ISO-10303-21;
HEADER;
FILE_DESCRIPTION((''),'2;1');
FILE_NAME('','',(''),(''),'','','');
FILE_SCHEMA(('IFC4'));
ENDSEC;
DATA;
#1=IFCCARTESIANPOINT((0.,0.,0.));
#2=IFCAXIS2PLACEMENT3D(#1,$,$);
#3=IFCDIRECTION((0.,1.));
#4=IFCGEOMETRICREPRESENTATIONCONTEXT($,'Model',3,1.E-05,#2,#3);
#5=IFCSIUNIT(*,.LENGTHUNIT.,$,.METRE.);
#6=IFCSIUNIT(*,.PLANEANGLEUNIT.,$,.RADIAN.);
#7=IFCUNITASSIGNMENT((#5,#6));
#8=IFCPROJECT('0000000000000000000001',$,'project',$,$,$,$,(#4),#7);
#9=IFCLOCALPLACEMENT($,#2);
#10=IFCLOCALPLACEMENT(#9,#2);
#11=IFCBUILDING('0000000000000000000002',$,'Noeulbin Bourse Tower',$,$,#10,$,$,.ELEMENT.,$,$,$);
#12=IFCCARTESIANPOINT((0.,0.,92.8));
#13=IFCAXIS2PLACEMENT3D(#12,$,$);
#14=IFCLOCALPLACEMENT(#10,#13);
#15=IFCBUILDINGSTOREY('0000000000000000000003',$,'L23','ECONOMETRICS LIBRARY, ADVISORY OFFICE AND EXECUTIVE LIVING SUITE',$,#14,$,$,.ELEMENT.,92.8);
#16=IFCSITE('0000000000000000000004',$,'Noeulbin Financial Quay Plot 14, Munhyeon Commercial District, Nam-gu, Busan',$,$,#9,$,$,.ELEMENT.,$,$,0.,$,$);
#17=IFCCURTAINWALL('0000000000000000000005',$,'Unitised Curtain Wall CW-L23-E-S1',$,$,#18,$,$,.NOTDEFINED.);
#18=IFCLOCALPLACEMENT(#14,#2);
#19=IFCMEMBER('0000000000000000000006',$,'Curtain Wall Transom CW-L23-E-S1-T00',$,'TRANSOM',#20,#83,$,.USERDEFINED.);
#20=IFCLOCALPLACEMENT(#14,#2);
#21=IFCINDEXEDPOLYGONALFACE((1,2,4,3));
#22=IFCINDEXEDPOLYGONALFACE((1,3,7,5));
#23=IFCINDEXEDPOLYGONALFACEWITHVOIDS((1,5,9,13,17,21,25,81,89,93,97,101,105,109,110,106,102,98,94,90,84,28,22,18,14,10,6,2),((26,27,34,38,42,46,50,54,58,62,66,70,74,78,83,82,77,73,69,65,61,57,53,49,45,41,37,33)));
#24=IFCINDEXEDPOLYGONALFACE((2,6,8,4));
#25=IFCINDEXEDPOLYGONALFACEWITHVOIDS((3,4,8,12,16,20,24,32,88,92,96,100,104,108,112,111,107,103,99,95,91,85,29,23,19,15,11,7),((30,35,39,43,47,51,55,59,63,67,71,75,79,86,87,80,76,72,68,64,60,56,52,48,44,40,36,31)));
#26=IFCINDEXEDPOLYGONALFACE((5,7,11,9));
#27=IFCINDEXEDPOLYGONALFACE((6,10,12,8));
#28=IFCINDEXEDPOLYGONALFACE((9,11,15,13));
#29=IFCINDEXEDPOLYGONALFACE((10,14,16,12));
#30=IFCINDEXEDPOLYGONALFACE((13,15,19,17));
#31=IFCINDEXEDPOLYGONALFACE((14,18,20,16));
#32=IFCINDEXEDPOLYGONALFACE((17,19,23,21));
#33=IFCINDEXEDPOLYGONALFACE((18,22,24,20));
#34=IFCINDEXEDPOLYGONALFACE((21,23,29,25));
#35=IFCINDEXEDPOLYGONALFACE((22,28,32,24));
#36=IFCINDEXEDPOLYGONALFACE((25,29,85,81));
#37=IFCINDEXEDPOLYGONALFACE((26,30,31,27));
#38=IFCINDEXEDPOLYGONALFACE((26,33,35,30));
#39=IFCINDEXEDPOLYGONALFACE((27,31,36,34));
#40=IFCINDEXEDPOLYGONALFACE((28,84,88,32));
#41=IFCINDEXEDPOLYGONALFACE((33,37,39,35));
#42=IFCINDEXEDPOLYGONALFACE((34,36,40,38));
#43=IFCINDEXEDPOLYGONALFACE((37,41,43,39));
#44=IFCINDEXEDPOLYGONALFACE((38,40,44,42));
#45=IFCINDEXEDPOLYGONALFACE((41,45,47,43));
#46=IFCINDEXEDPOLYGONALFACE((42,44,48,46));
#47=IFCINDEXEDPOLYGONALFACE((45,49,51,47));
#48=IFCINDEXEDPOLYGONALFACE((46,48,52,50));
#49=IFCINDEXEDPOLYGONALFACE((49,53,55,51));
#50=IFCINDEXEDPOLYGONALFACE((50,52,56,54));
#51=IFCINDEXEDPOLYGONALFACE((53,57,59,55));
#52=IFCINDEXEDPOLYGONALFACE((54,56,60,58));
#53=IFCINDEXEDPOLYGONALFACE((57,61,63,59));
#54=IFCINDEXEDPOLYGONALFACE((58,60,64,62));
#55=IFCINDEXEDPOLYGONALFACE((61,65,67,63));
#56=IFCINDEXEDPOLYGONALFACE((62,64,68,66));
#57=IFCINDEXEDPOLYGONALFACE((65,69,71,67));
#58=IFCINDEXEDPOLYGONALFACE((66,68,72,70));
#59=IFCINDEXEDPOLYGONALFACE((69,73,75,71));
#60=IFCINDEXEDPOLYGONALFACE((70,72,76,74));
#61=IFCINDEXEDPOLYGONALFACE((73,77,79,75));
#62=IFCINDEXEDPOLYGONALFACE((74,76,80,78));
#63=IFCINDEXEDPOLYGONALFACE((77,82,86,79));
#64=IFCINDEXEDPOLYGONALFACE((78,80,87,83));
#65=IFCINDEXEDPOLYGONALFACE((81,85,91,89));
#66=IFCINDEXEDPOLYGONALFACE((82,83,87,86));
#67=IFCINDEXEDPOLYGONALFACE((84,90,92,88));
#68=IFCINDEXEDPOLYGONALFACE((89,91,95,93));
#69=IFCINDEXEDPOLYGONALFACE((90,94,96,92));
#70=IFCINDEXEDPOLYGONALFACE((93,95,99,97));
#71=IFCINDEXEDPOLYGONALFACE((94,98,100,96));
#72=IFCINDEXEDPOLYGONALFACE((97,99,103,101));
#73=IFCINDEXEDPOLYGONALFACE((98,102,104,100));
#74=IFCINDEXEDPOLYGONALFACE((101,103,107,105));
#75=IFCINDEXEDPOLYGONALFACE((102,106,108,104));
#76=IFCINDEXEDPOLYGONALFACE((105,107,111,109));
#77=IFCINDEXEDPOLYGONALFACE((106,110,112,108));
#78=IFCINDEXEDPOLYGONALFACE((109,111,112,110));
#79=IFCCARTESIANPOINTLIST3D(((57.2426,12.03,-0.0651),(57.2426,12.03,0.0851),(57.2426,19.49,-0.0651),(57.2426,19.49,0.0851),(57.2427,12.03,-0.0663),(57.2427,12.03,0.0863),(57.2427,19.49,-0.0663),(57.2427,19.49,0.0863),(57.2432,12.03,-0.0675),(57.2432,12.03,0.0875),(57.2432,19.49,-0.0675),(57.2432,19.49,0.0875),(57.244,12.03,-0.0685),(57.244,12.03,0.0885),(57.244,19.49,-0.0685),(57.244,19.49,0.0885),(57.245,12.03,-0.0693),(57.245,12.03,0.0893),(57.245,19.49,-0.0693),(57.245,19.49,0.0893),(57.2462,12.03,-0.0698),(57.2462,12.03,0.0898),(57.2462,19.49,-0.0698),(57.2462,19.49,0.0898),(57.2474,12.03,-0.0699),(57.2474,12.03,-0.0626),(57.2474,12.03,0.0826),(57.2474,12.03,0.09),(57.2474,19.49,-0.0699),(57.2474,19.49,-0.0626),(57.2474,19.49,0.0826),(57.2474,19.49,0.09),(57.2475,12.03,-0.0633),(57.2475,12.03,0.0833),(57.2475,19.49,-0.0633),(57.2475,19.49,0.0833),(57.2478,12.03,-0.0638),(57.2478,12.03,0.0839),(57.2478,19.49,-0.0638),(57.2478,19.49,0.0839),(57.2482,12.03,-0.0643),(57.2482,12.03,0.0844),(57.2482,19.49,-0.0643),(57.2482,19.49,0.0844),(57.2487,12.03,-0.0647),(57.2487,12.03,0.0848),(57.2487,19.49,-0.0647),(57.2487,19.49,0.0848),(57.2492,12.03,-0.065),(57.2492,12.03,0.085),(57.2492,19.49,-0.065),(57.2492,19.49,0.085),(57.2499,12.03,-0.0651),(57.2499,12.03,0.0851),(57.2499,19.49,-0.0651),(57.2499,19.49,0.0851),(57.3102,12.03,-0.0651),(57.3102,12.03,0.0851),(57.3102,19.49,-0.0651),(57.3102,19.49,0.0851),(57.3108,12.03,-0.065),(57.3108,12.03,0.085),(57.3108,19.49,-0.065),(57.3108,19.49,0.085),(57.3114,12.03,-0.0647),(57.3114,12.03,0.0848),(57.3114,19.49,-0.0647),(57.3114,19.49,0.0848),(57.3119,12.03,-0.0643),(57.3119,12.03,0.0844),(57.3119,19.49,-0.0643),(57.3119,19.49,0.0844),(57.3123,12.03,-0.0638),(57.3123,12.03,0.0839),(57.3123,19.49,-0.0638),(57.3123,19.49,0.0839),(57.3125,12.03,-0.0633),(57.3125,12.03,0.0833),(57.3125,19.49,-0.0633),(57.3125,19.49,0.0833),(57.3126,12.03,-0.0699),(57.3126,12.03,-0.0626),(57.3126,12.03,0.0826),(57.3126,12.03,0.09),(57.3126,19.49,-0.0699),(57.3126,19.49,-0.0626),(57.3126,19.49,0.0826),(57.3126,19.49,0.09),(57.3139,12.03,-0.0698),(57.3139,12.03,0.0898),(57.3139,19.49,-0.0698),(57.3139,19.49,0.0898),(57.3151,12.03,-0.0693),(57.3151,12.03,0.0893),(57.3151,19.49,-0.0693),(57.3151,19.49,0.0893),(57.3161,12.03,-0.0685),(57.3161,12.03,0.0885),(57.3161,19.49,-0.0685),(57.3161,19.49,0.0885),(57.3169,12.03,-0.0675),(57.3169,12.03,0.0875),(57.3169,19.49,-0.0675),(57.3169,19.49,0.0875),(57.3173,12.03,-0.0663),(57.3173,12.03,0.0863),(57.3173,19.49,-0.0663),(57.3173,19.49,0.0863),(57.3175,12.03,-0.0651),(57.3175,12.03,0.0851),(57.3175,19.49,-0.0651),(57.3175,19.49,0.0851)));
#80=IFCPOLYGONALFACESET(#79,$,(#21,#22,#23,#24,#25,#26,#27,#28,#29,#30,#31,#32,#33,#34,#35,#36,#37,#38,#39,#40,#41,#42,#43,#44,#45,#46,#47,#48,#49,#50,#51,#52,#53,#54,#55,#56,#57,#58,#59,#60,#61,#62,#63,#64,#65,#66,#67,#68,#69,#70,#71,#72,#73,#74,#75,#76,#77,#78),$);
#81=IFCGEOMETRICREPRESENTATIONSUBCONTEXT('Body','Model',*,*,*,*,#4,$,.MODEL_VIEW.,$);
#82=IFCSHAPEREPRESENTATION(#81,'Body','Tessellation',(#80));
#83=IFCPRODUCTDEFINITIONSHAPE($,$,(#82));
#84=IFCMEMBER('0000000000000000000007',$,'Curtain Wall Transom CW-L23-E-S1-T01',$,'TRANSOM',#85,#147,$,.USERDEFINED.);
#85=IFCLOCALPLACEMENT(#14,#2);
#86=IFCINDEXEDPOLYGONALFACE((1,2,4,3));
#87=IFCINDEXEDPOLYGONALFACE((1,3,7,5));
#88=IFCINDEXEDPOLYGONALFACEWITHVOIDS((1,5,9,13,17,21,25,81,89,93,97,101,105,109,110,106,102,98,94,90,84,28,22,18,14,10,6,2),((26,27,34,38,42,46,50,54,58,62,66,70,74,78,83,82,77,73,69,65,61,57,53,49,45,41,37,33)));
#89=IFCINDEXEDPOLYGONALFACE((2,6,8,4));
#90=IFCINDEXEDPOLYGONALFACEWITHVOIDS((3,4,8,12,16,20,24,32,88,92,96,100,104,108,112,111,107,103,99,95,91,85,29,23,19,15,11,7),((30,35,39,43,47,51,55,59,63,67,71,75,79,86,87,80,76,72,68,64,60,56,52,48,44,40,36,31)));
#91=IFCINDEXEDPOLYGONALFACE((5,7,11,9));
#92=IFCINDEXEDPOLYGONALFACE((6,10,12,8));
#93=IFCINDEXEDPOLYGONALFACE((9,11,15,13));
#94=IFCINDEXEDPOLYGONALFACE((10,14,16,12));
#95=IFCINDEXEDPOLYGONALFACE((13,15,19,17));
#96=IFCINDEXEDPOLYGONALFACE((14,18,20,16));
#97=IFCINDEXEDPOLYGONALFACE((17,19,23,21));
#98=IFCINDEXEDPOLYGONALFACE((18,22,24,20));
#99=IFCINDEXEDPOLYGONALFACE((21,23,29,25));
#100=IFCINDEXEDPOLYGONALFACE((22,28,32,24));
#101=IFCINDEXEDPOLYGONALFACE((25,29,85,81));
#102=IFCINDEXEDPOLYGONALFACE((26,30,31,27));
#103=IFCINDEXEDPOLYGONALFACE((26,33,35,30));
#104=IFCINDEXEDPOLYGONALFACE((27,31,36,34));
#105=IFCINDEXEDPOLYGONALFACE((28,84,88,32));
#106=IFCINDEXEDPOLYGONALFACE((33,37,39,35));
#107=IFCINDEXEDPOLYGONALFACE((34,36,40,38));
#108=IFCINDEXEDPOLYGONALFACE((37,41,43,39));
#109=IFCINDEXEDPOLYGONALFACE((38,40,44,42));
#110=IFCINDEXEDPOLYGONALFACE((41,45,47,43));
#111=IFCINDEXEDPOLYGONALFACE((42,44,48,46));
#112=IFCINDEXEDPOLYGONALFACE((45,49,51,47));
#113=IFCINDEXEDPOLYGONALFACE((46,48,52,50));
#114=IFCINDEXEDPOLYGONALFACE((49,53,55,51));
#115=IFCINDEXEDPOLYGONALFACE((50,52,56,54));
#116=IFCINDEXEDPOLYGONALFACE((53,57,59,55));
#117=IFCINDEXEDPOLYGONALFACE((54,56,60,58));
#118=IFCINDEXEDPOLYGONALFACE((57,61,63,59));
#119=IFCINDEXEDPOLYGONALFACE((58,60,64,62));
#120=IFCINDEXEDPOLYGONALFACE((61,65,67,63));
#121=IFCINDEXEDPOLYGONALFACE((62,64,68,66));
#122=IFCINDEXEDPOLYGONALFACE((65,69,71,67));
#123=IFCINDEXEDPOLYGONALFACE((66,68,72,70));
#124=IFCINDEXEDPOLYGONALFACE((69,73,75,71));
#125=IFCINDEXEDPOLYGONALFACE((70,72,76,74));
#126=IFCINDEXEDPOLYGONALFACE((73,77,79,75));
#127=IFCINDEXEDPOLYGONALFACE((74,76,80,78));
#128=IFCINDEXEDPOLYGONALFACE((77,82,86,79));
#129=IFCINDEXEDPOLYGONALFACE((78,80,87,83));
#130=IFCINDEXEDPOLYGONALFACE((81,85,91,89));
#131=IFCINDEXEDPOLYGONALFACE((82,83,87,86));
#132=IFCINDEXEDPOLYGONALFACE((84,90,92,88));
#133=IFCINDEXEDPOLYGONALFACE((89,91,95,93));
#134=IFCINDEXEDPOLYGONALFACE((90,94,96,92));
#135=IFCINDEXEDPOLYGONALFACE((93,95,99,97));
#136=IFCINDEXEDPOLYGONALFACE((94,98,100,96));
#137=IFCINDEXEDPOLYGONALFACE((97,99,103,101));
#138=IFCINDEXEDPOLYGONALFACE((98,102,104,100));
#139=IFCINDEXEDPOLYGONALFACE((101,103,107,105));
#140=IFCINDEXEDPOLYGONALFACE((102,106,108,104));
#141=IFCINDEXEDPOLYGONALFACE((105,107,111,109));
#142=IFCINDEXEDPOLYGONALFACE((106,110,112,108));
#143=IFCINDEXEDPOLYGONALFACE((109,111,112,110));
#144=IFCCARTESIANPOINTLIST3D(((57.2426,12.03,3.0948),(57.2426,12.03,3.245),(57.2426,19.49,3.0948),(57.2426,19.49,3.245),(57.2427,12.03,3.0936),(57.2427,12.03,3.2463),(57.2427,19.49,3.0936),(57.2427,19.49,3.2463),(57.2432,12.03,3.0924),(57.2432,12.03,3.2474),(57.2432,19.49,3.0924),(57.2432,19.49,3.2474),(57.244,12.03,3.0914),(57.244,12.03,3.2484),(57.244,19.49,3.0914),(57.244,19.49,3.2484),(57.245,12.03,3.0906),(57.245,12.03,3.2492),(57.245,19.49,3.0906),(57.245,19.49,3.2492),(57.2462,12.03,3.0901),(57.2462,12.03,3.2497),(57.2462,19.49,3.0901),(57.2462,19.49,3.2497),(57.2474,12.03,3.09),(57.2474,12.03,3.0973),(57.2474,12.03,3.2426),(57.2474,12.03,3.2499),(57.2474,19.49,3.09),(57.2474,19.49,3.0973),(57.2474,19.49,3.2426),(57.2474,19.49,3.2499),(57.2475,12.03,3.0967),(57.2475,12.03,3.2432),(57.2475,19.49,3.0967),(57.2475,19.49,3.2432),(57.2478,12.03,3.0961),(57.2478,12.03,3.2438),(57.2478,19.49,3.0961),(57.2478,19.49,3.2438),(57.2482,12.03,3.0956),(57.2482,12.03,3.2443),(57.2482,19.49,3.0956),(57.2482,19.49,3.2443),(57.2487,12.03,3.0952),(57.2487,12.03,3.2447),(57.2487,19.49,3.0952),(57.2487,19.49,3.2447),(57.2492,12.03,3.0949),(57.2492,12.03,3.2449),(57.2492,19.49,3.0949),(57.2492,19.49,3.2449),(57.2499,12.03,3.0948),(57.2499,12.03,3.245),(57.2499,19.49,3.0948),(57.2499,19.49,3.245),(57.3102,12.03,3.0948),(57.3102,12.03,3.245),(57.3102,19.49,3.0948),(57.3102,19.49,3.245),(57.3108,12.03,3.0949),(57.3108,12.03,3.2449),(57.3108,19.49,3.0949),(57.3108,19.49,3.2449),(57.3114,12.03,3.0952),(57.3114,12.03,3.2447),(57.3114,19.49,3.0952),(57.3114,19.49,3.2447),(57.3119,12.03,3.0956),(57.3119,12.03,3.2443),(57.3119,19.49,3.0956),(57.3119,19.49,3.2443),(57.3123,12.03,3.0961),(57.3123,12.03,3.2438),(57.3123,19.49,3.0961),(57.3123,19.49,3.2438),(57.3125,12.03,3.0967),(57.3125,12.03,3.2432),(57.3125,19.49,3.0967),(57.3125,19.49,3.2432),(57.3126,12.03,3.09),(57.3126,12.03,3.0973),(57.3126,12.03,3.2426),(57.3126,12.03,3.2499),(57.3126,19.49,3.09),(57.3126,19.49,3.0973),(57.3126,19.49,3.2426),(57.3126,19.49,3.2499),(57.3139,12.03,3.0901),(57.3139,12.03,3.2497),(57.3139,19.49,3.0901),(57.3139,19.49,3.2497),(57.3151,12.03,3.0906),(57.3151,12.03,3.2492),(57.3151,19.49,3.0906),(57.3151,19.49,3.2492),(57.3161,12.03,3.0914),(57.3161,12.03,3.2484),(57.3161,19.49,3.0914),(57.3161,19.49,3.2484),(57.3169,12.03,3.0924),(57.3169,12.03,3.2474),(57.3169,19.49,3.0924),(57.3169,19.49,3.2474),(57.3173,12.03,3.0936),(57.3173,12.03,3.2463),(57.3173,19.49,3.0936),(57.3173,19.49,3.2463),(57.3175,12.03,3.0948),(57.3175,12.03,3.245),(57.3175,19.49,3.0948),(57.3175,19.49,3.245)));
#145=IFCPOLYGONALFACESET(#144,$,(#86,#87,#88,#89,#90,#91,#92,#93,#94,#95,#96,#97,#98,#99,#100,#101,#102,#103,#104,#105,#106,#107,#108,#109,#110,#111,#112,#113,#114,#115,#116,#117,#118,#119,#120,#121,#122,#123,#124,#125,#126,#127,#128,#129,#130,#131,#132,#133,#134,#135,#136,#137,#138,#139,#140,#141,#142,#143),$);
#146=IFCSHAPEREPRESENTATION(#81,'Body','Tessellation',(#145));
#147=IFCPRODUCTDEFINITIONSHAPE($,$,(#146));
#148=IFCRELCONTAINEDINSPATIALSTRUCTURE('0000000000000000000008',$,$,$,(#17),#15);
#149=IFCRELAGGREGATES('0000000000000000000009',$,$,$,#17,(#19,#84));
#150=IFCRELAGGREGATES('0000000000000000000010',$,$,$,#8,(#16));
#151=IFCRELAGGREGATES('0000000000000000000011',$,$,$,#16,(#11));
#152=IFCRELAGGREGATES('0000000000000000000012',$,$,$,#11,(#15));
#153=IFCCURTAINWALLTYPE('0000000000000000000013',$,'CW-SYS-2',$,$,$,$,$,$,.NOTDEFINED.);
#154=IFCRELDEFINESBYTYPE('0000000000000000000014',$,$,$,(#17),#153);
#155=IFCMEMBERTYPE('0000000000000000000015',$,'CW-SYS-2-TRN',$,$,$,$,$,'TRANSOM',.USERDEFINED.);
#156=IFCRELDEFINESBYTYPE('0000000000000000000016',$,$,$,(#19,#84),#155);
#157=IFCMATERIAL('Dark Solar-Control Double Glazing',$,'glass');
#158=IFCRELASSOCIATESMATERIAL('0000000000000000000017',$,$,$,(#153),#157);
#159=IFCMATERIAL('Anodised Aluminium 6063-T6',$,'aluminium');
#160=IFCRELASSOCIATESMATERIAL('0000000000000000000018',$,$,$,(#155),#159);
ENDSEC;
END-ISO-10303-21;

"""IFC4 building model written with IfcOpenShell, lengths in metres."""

from ifc_helpers import new_model, si_unit, direction, frame, origin, origin_2d, place, context, subcontext, project, spatial, hollow_rectangle, extrude, material, material_profile, profile_set, type_object, element, aggregate, save


model = new_model("IFC4")

# Units and contexts
model_context = context("Model", 3, precision=1e-05, world=origin(), true_north=direction((0.0, 1.0)))
body_context = subcontext(model_context, "Body", "Model", "MODEL_VIEW")
ifc_project = project(units=[si_unit("LENGTHUNIT", "METRE"), si_unit("PLANEANGLEUNIT", "RADIAN")], contexts=[model_context])

# Site, building, storey
site_placement = place(None, origin())
site = spatial("IfcSite", under=ifc_project, at=site_placement, Name="Noeulbin Financial Quay Plot 14, Munhyeon Commercial District, Nam-gu, Busan", CompositionType="ELEMENT", RefElevation=0.0)
building_placement = place(site_placement, origin())
building = spatial("IfcBuilding", under=site, at=building_placement, Name="Noeulbin Bourse Tower", CompositionType="ELEMENT")
storey_placement = place(building_placement, frame((0.0, 0.0, 92.8)))
storey = spatial("IfcBuildingStorey", under=building, at=storey_placement, Name="L23", Description="ECONOMETRICS LIBRARY, ADVISORY OFFICE AND EXECUTIVE LIVING SUITE", CompositionType="ELEMENT", Elevation=92.8)

# Curtain wall
ifc_material_1 = material(Name="Dark Solar-Control Double Glazing", Category="glass")
curtain_wall_type = type_object("IfcCurtainWallType", Name="CW-SYS-2", PredefinedType="NOTDEFINED", material=ifc_material_1)
ifc_material_2 = material(Name="Anodised Aluminium 6063-T6", Category="aluminium")
curtain_wall_1_placement = place(storey_placement, origin())
curtain_wall_1 = element("IfcCurtainWall", 1, at=curtain_wall_1_placement, inside=storey, type_object=curtain_wall_type, Name="Unitised Curtain Wall CW-L23-E-S1", PredefinedType="NOTDEFINED")

# Members
ifc_material_profile_1 = material_profile(ifc_material_2, hollow_rectangle(XDim=0.075, YDim=0.1599, WallThickness=0.0049, InnerFilletRadius=0.0024, OuterFilletRadius=0.0049, at=origin_2d()), Name="ALU-TRAN-75x160x5", Category="LoadBearing")
ifc_profile_set_1 = profile_set([ifc_material_profile_1], Name="Anodised Aluminium 6063-T6")
member_type_1 = type_object("IfcMemberType", Name="CW-SYS-2-TRN", ElementType="TRANSOM", PredefinedType="USERDEFINED", material=ifc_profile_set_1)
member_1_placement = place(storey_placement, frame((57.28, 12.03, 0.01), z_axis=(0.0, 1.0, 0.0), x_axis=(-1.0, 0.0, 0.0)))
member_1 = element("IfcMember", 2, at=member_1_placement, type_object=member_type_1, Name="Curtain Wall Transom CW-L23-E-S1-T00", ObjectType="TRANSOM", PredefinedType="USERDEFINED", context=body_context, shape_type="SweptSolid", body=[
    extrude(hollow_rectangle(XDim=0.075, YDim=0.1599, WallThickness=0.0049, InnerFilletRadius=0.0024, OuterFilletRadius=0.0049, at=origin_2d()), origin(), (0.0, 0.0, 1.0), 7.46),
])
member_2_placement = place(storey_placement, frame((57.28, 12.03, 3.1699), z_axis=(0.0, 1.0, 0.0), x_axis=(-1.0, 0.0, 0.0)))
member_2 = element("IfcMember", 3, at=member_2_placement, type_object=member_type_1, Name="Curtain Wall Transom CW-L23-E-S1-T01", ObjectType="TRANSOM", PredefinedType="USERDEFINED", context=body_context, shape_type="SweptSolid", body=[
    extrude(hollow_rectangle(XDim=0.075, YDim=0.1599, WallThickness=0.0049, InnerFilletRadius=0.0024, OuterFilletRadius=0.0049, at=origin_2d()), origin(), (0.0, 0.0, 1.0), 7.46),
])

aggregate(curtain_wall_1, [member_1, member_2])

save(model, "model.ifc")
